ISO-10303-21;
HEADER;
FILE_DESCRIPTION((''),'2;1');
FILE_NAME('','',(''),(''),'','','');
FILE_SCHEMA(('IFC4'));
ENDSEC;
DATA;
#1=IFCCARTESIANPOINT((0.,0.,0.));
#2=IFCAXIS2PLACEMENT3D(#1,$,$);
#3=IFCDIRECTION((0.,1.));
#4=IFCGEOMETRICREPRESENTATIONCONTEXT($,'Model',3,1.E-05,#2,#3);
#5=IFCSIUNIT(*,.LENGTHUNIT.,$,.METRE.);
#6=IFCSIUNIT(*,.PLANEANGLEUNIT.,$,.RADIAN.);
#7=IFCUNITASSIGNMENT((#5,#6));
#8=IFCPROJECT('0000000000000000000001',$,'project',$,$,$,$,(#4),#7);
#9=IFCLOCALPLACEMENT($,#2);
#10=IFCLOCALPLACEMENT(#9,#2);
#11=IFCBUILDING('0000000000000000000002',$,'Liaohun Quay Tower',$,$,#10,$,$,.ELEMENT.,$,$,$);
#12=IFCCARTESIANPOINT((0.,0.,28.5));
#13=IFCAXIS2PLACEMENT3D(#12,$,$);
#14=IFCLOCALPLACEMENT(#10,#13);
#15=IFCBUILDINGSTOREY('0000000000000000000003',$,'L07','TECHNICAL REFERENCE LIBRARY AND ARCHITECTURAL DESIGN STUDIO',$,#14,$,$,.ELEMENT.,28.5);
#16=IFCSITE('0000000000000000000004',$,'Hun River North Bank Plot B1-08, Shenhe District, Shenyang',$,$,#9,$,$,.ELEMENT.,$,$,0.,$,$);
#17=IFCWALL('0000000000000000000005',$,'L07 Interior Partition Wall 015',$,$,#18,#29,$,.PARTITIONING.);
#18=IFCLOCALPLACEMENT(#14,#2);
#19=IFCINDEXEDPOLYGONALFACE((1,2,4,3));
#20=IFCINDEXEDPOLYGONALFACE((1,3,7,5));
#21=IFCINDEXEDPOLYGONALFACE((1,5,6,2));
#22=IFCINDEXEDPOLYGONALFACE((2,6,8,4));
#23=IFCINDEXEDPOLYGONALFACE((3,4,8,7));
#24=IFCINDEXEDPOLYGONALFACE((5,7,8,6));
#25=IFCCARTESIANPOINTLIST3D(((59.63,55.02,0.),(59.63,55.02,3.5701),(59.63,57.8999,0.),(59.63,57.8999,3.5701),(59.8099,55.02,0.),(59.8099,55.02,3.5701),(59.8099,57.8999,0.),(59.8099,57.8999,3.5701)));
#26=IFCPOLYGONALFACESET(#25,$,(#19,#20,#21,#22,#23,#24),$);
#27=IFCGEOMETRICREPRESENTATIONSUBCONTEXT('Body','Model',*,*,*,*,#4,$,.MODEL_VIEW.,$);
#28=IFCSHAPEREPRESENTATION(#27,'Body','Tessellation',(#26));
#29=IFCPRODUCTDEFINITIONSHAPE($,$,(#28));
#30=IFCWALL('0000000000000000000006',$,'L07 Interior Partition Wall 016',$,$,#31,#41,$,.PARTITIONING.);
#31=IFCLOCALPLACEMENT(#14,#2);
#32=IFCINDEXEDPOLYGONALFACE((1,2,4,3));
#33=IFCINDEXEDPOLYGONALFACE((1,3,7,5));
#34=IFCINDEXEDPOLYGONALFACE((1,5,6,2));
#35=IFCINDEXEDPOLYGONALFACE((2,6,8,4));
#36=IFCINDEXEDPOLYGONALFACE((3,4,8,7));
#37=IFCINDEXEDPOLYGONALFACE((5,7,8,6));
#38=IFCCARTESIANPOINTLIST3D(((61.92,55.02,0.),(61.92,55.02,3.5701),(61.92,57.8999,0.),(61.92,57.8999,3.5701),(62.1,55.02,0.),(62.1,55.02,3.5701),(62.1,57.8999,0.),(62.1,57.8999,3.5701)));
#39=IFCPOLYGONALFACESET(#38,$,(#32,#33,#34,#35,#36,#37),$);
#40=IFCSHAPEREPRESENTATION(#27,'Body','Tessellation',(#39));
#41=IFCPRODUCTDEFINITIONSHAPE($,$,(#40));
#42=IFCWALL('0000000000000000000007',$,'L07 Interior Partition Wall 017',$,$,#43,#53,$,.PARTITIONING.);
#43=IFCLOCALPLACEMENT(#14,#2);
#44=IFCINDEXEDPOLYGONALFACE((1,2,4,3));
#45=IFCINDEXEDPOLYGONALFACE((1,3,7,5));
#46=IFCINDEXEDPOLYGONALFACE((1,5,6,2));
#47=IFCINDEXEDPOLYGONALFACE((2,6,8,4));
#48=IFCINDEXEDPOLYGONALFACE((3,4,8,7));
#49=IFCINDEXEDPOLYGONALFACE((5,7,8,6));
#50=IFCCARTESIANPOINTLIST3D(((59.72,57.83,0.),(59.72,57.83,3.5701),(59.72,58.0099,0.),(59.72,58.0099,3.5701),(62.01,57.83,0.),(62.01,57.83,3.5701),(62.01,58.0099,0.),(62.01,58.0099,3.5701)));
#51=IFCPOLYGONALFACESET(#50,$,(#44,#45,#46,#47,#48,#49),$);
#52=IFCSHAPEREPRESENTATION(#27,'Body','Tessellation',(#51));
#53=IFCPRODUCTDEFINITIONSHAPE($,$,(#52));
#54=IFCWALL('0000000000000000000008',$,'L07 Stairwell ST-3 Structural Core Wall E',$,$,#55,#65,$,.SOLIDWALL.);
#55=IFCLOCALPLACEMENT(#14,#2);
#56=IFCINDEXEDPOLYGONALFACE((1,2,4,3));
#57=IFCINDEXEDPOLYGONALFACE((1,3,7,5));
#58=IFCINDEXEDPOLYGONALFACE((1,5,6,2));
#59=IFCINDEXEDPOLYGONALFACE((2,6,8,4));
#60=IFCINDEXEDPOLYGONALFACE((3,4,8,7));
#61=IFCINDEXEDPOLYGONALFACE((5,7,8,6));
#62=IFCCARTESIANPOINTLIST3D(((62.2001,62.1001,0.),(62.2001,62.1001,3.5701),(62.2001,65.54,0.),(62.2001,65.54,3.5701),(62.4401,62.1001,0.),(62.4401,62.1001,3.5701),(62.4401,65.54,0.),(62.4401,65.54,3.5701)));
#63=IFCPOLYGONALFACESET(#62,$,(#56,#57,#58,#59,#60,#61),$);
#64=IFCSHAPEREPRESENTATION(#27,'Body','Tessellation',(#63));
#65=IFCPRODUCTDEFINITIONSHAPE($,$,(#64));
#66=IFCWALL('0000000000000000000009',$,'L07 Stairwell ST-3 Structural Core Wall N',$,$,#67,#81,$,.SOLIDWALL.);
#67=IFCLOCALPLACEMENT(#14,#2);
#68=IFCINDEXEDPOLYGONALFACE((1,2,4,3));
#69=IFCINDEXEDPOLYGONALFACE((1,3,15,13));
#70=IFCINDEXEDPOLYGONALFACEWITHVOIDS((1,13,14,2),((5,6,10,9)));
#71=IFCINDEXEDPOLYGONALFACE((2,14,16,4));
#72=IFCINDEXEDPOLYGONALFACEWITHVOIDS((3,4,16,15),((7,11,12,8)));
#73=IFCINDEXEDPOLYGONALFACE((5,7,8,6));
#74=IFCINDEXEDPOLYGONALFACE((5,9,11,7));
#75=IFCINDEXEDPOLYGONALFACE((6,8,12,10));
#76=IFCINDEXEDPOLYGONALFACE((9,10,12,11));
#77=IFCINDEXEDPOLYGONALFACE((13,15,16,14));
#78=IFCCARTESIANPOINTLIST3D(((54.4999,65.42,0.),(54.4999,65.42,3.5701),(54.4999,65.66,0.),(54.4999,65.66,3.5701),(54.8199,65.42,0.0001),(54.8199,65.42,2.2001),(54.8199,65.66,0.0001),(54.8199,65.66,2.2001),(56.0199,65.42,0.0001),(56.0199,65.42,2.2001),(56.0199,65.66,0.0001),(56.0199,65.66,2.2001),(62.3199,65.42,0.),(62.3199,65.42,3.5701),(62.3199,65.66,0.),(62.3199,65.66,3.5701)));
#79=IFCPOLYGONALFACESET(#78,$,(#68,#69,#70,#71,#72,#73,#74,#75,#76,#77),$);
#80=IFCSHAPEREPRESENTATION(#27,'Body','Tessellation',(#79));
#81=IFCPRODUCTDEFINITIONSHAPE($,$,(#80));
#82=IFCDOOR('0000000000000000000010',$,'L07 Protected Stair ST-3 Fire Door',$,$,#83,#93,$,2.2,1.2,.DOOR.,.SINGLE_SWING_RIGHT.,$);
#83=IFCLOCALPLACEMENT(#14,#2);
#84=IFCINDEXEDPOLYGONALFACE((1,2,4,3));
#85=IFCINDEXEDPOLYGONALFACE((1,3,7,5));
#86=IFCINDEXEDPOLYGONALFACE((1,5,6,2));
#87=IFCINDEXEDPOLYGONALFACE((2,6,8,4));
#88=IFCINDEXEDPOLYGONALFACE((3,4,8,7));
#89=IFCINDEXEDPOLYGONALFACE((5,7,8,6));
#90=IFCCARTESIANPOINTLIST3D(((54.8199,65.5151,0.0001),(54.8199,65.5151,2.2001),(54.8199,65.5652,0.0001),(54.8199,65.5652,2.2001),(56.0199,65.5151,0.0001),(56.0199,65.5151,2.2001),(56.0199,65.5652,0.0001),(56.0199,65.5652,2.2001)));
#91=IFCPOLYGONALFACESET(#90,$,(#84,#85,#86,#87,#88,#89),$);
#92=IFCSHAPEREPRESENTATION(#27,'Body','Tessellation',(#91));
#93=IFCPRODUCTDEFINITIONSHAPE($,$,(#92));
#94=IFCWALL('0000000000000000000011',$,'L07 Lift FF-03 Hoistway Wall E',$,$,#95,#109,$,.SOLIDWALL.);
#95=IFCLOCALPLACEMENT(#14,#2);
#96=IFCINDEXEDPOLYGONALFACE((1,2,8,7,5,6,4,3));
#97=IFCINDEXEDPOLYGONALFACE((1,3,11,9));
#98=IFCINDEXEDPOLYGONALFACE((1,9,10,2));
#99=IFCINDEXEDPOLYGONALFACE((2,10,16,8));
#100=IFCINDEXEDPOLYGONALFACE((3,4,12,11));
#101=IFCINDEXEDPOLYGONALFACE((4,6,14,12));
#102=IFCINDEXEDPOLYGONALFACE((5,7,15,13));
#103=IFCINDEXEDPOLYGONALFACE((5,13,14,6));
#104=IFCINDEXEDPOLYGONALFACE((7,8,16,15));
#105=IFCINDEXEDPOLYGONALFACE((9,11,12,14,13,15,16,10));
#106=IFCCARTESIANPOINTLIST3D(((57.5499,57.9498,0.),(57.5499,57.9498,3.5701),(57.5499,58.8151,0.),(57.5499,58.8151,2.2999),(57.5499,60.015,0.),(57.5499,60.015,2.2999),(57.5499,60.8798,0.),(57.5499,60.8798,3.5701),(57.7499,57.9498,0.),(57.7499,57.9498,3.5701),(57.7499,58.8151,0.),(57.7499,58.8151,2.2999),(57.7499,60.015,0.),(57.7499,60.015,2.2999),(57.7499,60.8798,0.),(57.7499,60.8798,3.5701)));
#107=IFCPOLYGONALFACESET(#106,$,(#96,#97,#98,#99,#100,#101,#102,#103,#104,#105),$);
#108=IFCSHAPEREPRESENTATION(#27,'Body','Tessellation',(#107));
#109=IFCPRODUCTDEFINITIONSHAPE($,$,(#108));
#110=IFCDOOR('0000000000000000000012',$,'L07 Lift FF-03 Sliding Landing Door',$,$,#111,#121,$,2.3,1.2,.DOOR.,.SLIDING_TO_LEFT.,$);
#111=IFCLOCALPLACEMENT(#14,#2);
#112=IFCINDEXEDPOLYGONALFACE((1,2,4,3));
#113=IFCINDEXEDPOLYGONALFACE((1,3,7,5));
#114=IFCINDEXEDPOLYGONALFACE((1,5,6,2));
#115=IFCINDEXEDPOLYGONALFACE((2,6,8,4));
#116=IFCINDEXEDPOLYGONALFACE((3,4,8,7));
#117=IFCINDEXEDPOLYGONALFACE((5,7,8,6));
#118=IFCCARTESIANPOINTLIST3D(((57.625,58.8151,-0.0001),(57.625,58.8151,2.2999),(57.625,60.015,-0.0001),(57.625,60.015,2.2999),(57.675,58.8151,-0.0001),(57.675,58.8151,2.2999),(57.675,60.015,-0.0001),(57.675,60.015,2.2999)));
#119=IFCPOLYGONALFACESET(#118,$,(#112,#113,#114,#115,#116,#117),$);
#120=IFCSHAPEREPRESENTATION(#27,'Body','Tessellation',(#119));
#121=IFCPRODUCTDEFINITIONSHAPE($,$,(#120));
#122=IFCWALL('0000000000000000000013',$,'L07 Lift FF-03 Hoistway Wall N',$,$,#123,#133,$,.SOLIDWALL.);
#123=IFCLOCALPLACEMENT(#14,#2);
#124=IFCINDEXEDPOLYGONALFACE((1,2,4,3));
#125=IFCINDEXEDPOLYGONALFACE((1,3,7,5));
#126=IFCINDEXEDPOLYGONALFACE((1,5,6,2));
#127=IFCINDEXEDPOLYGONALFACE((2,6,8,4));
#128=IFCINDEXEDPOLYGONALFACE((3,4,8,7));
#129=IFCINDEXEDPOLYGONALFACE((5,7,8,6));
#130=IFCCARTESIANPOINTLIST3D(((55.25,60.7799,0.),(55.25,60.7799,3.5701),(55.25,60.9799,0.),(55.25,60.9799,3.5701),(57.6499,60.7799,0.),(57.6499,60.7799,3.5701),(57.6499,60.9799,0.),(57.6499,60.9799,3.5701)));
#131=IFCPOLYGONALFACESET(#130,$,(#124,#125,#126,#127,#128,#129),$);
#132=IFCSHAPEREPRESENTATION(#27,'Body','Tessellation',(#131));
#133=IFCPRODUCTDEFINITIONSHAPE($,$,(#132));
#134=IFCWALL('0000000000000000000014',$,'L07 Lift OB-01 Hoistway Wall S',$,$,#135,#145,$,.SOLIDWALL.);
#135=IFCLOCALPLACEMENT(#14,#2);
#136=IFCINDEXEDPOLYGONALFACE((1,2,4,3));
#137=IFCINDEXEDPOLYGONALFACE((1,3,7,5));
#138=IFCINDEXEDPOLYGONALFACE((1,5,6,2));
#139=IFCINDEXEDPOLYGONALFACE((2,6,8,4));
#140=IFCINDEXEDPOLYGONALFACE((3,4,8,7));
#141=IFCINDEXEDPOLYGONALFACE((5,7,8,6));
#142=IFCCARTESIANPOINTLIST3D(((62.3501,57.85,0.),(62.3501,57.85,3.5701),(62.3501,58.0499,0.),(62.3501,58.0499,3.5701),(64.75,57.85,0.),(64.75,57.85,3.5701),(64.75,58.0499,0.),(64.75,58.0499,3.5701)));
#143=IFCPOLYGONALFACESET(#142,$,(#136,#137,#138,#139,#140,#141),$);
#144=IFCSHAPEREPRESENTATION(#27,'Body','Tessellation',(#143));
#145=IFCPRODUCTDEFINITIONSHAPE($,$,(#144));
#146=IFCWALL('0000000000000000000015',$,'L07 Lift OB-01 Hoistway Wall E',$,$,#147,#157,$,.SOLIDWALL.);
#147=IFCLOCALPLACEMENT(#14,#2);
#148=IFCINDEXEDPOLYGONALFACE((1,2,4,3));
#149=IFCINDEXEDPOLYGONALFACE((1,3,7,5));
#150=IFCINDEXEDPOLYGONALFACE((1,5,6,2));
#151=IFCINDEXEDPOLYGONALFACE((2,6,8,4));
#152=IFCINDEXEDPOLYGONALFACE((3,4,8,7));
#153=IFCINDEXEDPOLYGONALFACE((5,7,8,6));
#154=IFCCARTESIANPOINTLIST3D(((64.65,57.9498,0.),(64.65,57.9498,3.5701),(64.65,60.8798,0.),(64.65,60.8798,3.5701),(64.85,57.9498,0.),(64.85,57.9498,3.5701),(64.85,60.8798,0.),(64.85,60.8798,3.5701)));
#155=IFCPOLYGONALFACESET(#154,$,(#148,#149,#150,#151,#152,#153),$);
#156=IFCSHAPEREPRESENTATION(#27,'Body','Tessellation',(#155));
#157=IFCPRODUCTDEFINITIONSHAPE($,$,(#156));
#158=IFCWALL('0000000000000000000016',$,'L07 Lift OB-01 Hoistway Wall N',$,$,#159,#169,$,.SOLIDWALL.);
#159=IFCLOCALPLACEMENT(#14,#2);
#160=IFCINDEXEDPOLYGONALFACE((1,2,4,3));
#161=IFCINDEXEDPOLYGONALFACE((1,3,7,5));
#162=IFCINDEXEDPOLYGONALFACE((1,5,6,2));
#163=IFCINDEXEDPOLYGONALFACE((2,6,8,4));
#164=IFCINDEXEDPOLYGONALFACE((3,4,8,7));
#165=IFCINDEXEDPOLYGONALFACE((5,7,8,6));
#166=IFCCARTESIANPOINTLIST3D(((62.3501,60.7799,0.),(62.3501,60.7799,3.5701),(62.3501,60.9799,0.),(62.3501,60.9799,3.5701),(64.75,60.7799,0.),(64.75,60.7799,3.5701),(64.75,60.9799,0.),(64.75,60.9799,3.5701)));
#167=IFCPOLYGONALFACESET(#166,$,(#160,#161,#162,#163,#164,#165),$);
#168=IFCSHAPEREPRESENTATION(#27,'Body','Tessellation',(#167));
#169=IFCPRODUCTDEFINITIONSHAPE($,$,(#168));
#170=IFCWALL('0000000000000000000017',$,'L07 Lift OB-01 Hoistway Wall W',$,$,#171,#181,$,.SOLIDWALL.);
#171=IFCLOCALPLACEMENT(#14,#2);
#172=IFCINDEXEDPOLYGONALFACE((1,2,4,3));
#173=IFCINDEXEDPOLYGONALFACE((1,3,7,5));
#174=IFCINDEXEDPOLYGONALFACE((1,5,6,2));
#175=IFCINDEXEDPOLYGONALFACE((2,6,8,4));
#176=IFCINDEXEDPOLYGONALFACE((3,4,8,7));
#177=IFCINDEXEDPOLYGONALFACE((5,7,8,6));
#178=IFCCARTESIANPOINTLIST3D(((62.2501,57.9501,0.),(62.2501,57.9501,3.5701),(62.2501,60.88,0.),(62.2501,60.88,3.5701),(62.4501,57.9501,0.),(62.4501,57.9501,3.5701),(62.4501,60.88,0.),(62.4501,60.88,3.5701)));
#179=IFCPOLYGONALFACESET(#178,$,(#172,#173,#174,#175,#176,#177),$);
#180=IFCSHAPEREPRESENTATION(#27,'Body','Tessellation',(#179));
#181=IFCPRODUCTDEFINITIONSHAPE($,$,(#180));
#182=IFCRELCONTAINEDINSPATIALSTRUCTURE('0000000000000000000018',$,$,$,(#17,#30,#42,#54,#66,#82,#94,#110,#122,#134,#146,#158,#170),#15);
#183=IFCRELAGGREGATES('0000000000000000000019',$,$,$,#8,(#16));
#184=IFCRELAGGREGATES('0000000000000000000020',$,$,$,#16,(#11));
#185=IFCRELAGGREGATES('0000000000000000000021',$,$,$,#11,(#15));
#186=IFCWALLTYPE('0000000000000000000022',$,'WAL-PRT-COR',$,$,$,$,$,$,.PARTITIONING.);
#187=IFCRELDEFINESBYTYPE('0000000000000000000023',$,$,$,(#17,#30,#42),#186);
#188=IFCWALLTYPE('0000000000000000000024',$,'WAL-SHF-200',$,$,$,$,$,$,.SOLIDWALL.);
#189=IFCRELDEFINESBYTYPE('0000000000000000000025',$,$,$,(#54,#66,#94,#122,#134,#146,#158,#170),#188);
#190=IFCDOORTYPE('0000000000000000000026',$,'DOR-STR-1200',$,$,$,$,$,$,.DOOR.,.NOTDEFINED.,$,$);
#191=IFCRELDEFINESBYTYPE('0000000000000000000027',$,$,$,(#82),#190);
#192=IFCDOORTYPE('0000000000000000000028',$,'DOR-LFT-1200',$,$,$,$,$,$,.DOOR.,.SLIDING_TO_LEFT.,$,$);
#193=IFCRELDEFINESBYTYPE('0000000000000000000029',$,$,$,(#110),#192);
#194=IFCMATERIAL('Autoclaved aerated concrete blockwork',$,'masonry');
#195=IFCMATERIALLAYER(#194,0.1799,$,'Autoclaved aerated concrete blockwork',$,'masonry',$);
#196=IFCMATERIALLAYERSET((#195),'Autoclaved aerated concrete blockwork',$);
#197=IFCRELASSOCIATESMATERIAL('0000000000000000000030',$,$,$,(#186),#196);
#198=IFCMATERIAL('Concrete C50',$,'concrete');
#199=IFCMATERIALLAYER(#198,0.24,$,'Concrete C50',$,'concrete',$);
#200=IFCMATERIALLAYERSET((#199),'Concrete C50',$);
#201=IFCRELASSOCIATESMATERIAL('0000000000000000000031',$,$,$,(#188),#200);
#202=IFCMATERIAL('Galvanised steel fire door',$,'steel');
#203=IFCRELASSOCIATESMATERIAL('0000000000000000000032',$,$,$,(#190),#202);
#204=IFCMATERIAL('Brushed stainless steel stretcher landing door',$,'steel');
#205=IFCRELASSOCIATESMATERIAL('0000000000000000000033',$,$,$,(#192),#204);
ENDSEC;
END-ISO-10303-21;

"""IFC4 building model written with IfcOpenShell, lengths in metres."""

from ifc_helpers import new_model, si_unit, direction, frame, frame_2d, origin, place, context, subcontext, project, spatial, rectangle, extrude, source, transform, mapped, material, layer, layer_set, type_object, element, fill, save


model = new_model("IFC4")

# Units and contexts
model_context = context("Model", 3, precision=1e-05, world=origin(), true_north=direction((0.0, 1.0)))
body_context = subcontext(model_context, "Body", "Model", "MODEL_VIEW")
ifc_project = project(units=[si_unit("LENGTHUNIT", "METRE"), si_unit("PLANEANGLEUNIT", "RADIAN")], contexts=[model_context])

# Site, building, storey
site_placement = place(None, origin())
site = spatial("IfcSite", under=ifc_project, at=site_placement, Name="Hun River North Bank Plot B1-08, Shenhe District, Shenyang", CompositionType="ELEMENT", RefElevation=0.0)
building_placement = place(site_placement, origin())
building = spatial("IfcBuilding", under=site, at=building_placement, Name="Liaohun Quay Tower", CompositionType="ELEMENT")
storey_placement = place(building_placement, frame((0.0, 0.0, 28.5)))
storey = spatial("IfcBuildingStorey", under=building, at=storey_placement, Name="L07", Description="TECHNICAL REFERENCE LIBRARY AND ARCHITECTURAL DESIGN STUDIO", CompositionType="ELEMENT", Elevation=28.5)

# Shared definitions
ifc_material_1 = material(Name="Autoclaved aerated concrete blockwork", Category="masonry")
ifc_layer_1 = layer(ifc_material_1, 0.1799, Name="Autoclaved aerated concrete blockwork", Category="masonry")
ifc_layer_set_1 = layer_set([ifc_layer_1], Name="Autoclaved aerated concrete blockwork")
wall_type_1 = type_object("IfcWallType", Name="WAL-PRT-COR", PredefinedType="PARTITIONING", material=ifc_layer_set_1)

# Walls
for number, where, z_axis, x_axis, name in (
    (1, (59.72, 55.02, 0.0), (0.0, 0.0, 1.0), (0.0, 1.0, 0.0), "L07 Interior Partition Wall 015"),
    (2, (62.01, 55.02, 0.0), (0.0, 0.0, 1.0), (0.0, 1.0, 0.0), "L07 Interior Partition Wall 016"),
):
    element("IfcWall", number, at=place(storey_placement, frame(where, z_axis=z_axis, x_axis=x_axis)), inside=storey, type_object=wall_type_1, Name=name, PredefinedType="PARTITIONING", context=body_context, shape_type="SweptSolid", body=[
        extrude(rectangle(XDim=2.8799, YDim=0.1799, at=frame_2d((1.4399, 0.0))), origin(), (0.0, 0.0, 1.0), 3.5701),
    ])
wall_1_placement = place(storey_placement, frame((59.72, 57.9199, 0.0), z_axis=(0.0, 0.0, 1.0), x_axis=(1.0, 0.0, 0.0)))
element("IfcWall", 3, at=wall_1_placement, inside=storey, type_object=wall_type_1, Name="L07 Interior Partition Wall 017", PredefinedType="PARTITIONING", context=body_context, shape_type="SweptSolid", body=[
    extrude(rectangle(XDim=2.29, YDim=0.1799, at=frame_2d((1.145, 0.0))), origin(), (0.0, 0.0, 1.0), 3.5701),
])
ifc_material_2 = material(Name="Concrete C50", Category="concrete")
ifc_layer_2 = layer(ifc_material_2, 0.24, Name="Concrete C50", Category="concrete")
ifc_layer_set_2 = layer_set([ifc_layer_2], Name="Concrete C50")
wall_type_2 = type_object("IfcWallType", Name="WAL-SHF-200", PredefinedType="SOLIDWALL", material=ifc_layer_set_2)
wall_2_placement = place(storey_placement, frame((62.3201, 62.1001, 0.0), z_axis=(0.0, 0.0, 1.0), x_axis=(0.0, 1.0, 0.0)))
element("IfcWall", 4, at=wall_2_placement, inside=storey, type_object=wall_type_2, Name="L07 Stairwell ST-3 Structural Core Wall E", PredefinedType="SOLIDWALL", context=body_context, shape_type="SweptSolid", body=[
    extrude(rectangle(XDim=3.4399, YDim=0.24, at=frame_2d((1.72, 0.0))), origin(), (0.0, 0.0, 1.0), 3.5701),
])

# Walls, openings, doors
wall_3_placement = place(storey_placement, frame((62.3201, 65.54, 0.0), z_axis=(0.0, 0.0, 1.0), x_axis=(-1.0, 0.0, 0.0)))
wall_3 = element("IfcWall", 5, at=wall_3_placement, inside=storey, type_object=wall_type_2, Name="L07 Stairwell ST-3 Structural Core Wall N", PredefinedType="SOLIDWALL", context=body_context, shape_type="SweptSolid", body=[
    extrude(rectangle(XDim=7.8201, YDim=0.24, at=frame_2d((3.9102, 0.0))), origin(), (0.0, 0.0, 1.0), 3.5701),
])
shared_shape_1 = source(origin(), body_context, "Body", "SweptSolid", [
    extrude(rectangle(XDim=1.2, YDim=2.2, at=frame_2d((0.6001, 1.1001))), frame((0.0, 0.1299, 0.0), z_axis=(0.0, -1.0, 0.0), x_axis=(1.0, 0.0, 0.0)), (0.0, 0.0, 1.0), 0.26),
])
opening_1_placement = place(wall_3_placement, frame((6.3, 0.0, 0.0)))
opening_1 = element("IfcOpeningElement", 6, at=opening_1_placement, cuts=wall_3, PredefinedType="OPENING", context=body_context, shape_type="MappedRepresentation", body=[
    mapped(shared_shape_1, transform((0.0, 0.0, 0.0), x_axis=(1.0, 0.0, 0.0), y_axis=(0.0, 1.0, 0.0), z_axis=(0.0, 0.0, 1.0), scale=1.0)),
])
ifc_material_3 = material(Name="Galvanised steel fire door", Category="steel")
door_type_1 = type_object("IfcDoorType", Name="DOR-STR-1200", OperationType="NOTDEFINED", PredefinedType="DOOR", material=ifc_material_3)
shared_shape_2 = source(origin(), body_context, "Body", "SweptSolid", [
    extrude(rectangle(XDim=1.2, YDim=2.2, at=frame_2d((0.6001, 1.1001))), frame((0.0, 0.0249, 0.0), z_axis=(0.0, -1.0, 0.0), x_axis=(1.0, 0.0, 0.0)), (0.0, 0.0, 1.0), 0.05),
])
door_1_placement = place(opening_1_placement, origin())
door_1 = element("IfcDoor", 7, at=door_1_placement, inside=storey, type_object=door_type_1, Name="L07 Protected Stair ST-3 Fire Door", OperationType="SINGLE_SWING_RIGHT", OverallHeight=2.2, OverallWidth=1.2, PredefinedType="DOOR", context=body_context, shape_type="MappedRepresentation", body=[
    mapped(shared_shape_2, transform((0.0, 0.0, 0.0), x_axis=(1.0, 0.0, 0.0), y_axis=(0.0, 1.0, 0.0), z_axis=(0.0, 0.0, 1.0), scale=1.0)),
])
fill(opening_1, door_1)
wall_4_placement = place(storey_placement, frame((57.6499, 57.95, 0.0), z_axis=(0.0, 0.0, 1.0), x_axis=(0.0, 1.0, 0.0)))
wall_4 = element("IfcWall", 8, at=wall_4_placement, inside=storey, type_object=wall_type_2, Name="L07 Lift FF-03 Hoistway Wall E", PredefinedType="SOLIDWALL", context=body_context, shape_type="SweptSolid", body=[
    extrude(rectangle(XDim=2.9299, YDim=0.2, at=frame_2d((1.4648, 0.0))), origin(), (0.0, 0.0, 1.0), 3.5701),
])
shared_shape_3 = source(origin(), body_context, "Body", "SweptSolid", [
    extrude(rectangle(XDim=1.2, YDim=2.3, at=frame_2d((0.6001, 1.1499))), frame((0.0, 0.1099, 0.0), z_axis=(0.0, -1.0, 0.0), x_axis=(1.0, 0.0, 0.0)), (0.0, 0.0, 1.0), 0.22),
])
opening_2_placement = place(wall_4_placement, frame((0.865, 0.0, 0.0)))
opening_2 = element("IfcOpeningElement", 9, at=opening_2_placement, cuts=wall_4, PredefinedType="OPENING", context=body_context, shape_type="MappedRepresentation", body=[
    mapped(shared_shape_3, transform((0.0, 0.0, 0.0), x_axis=(1.0, 0.0, 0.0), y_axis=(0.0, 1.0, 0.0), z_axis=(0.0, 0.0, 1.0), scale=1.0)),
])
ifc_material_4 = material(Name="Brushed stainless steel stretcher landing door", Category="steel")
door_type_2 = type_object("IfcDoorType", Name="DOR-LFT-1200", OperationType="SLIDING_TO_LEFT", PredefinedType="DOOR", material=ifc_material_4)
shared_shape_4 = source(origin(), body_context, "Body", "SweptSolid", [
    extrude(rectangle(XDim=1.2, YDim=2.3, at=frame_2d((0.6001, 1.1499))), frame((0.0, 0.0249, 0.0), z_axis=(0.0, -1.0, 0.0), x_axis=(1.0, 0.0, 0.0)), (0.0, 0.0, 1.0), 0.05),
])
door_2_placement = place(opening_2_placement, origin())
door_2 = element("IfcDoor", 10, at=door_2_placement, inside=storey, type_object=door_type_2, Name="L07 Lift FF-03 Sliding Landing Door", OperationType="SLIDING_TO_LEFT", OverallHeight=2.3, OverallWidth=1.2, PredefinedType="DOOR", context=body_context, shape_type="MappedRepresentation", body=[
    mapped(shared_shape_4, transform((0.0, 0.0, 0.0), x_axis=(1.0, 0.0, 0.0), y_axis=(0.0, 1.0, 0.0), z_axis=(0.0, 0.0, 1.0), scale=1.0)),
])
fill(opening_2, door_2)

# Walls
for number, where, z_axis, x_axis, name in (
    (11, (57.6499, 60.8799, 0.0), (0.0, 0.0, 1.0), (-1.0, 0.0, 0.0), "L07 Lift FF-03 Hoistway Wall N"),
    (12, (62.3501, 57.95, 0.0), (0.0, 0.0, 1.0), (1.0, 0.0, 0.0), "L07 Lift OB-01 Hoistway Wall S"),
):
    element("IfcWall", number, at=place(storey_placement, frame(where, z_axis=z_axis, x_axis=x_axis)), inside=storey, type_object=wall_type_2, Name=name, PredefinedType="SOLIDWALL", context=body_context, shape_type="SweptSolid", body=[
        extrude(rectangle(XDim=2.3999, YDim=0.2, at=frame_2d((1.2, 0.0))), origin(), (0.0, 0.0, 1.0), 3.5701),
    ])
wall_5_placement = place(storey_placement, frame((64.75, 57.95, 0.0), z_axis=(0.0, 0.0, 1.0), x_axis=(0.0, 1.0, 0.0)))
element("IfcWall", 13, at=wall_5_placement, inside=storey, type_object=wall_type_2, Name="L07 Lift OB-01 Hoistway Wall E", PredefinedType="SOLIDWALL", context=body_context, shape_type="SweptSolid", body=[
    extrude(rectangle(XDim=2.9299, YDim=0.2, at=frame_2d((1.4648, 0.0))), origin(), (0.0, 0.0, 1.0), 3.5701),
])
wall_6_placement = place(storey_placement, frame((64.75, 60.8799, 0.0), z_axis=(0.0, 0.0, 1.0), x_axis=(-1.0, 0.0, 0.0)))
element("IfcWall", 14, at=wall_6_placement, inside=storey, type_object=wall_type_2, Name="L07 Lift OB-01 Hoistway Wall N", PredefinedType="SOLIDWALL", context=body_context, shape_type="SweptSolid", body=[
    extrude(rectangle(XDim=2.3999, YDim=0.2, at=frame_2d((1.2, 0.0))), origin(), (0.0, 0.0, 1.0), 3.5701),
])
wall_7_placement = place(storey_placement, frame((62.3501, 60.8799, 0.0), z_axis=(0.0, 0.0, 1.0), x_axis=(0.0, -1.0, 0.0)))
element("IfcWall", 15, at=wall_7_placement, inside=storey, type_object=wall_type_2, Name="L07 Lift OB-01 Hoistway Wall W", PredefinedType="SOLIDWALL", context=body_context, shape_type="SweptSolid", body=[
    extrude(rectangle(XDim=2.9299, YDim=0.2, at=frame_2d((1.4648, 0.0))), origin(), (0.0, 0.0, 1.0), 3.5701),
])

save(model, "model.ifc")
